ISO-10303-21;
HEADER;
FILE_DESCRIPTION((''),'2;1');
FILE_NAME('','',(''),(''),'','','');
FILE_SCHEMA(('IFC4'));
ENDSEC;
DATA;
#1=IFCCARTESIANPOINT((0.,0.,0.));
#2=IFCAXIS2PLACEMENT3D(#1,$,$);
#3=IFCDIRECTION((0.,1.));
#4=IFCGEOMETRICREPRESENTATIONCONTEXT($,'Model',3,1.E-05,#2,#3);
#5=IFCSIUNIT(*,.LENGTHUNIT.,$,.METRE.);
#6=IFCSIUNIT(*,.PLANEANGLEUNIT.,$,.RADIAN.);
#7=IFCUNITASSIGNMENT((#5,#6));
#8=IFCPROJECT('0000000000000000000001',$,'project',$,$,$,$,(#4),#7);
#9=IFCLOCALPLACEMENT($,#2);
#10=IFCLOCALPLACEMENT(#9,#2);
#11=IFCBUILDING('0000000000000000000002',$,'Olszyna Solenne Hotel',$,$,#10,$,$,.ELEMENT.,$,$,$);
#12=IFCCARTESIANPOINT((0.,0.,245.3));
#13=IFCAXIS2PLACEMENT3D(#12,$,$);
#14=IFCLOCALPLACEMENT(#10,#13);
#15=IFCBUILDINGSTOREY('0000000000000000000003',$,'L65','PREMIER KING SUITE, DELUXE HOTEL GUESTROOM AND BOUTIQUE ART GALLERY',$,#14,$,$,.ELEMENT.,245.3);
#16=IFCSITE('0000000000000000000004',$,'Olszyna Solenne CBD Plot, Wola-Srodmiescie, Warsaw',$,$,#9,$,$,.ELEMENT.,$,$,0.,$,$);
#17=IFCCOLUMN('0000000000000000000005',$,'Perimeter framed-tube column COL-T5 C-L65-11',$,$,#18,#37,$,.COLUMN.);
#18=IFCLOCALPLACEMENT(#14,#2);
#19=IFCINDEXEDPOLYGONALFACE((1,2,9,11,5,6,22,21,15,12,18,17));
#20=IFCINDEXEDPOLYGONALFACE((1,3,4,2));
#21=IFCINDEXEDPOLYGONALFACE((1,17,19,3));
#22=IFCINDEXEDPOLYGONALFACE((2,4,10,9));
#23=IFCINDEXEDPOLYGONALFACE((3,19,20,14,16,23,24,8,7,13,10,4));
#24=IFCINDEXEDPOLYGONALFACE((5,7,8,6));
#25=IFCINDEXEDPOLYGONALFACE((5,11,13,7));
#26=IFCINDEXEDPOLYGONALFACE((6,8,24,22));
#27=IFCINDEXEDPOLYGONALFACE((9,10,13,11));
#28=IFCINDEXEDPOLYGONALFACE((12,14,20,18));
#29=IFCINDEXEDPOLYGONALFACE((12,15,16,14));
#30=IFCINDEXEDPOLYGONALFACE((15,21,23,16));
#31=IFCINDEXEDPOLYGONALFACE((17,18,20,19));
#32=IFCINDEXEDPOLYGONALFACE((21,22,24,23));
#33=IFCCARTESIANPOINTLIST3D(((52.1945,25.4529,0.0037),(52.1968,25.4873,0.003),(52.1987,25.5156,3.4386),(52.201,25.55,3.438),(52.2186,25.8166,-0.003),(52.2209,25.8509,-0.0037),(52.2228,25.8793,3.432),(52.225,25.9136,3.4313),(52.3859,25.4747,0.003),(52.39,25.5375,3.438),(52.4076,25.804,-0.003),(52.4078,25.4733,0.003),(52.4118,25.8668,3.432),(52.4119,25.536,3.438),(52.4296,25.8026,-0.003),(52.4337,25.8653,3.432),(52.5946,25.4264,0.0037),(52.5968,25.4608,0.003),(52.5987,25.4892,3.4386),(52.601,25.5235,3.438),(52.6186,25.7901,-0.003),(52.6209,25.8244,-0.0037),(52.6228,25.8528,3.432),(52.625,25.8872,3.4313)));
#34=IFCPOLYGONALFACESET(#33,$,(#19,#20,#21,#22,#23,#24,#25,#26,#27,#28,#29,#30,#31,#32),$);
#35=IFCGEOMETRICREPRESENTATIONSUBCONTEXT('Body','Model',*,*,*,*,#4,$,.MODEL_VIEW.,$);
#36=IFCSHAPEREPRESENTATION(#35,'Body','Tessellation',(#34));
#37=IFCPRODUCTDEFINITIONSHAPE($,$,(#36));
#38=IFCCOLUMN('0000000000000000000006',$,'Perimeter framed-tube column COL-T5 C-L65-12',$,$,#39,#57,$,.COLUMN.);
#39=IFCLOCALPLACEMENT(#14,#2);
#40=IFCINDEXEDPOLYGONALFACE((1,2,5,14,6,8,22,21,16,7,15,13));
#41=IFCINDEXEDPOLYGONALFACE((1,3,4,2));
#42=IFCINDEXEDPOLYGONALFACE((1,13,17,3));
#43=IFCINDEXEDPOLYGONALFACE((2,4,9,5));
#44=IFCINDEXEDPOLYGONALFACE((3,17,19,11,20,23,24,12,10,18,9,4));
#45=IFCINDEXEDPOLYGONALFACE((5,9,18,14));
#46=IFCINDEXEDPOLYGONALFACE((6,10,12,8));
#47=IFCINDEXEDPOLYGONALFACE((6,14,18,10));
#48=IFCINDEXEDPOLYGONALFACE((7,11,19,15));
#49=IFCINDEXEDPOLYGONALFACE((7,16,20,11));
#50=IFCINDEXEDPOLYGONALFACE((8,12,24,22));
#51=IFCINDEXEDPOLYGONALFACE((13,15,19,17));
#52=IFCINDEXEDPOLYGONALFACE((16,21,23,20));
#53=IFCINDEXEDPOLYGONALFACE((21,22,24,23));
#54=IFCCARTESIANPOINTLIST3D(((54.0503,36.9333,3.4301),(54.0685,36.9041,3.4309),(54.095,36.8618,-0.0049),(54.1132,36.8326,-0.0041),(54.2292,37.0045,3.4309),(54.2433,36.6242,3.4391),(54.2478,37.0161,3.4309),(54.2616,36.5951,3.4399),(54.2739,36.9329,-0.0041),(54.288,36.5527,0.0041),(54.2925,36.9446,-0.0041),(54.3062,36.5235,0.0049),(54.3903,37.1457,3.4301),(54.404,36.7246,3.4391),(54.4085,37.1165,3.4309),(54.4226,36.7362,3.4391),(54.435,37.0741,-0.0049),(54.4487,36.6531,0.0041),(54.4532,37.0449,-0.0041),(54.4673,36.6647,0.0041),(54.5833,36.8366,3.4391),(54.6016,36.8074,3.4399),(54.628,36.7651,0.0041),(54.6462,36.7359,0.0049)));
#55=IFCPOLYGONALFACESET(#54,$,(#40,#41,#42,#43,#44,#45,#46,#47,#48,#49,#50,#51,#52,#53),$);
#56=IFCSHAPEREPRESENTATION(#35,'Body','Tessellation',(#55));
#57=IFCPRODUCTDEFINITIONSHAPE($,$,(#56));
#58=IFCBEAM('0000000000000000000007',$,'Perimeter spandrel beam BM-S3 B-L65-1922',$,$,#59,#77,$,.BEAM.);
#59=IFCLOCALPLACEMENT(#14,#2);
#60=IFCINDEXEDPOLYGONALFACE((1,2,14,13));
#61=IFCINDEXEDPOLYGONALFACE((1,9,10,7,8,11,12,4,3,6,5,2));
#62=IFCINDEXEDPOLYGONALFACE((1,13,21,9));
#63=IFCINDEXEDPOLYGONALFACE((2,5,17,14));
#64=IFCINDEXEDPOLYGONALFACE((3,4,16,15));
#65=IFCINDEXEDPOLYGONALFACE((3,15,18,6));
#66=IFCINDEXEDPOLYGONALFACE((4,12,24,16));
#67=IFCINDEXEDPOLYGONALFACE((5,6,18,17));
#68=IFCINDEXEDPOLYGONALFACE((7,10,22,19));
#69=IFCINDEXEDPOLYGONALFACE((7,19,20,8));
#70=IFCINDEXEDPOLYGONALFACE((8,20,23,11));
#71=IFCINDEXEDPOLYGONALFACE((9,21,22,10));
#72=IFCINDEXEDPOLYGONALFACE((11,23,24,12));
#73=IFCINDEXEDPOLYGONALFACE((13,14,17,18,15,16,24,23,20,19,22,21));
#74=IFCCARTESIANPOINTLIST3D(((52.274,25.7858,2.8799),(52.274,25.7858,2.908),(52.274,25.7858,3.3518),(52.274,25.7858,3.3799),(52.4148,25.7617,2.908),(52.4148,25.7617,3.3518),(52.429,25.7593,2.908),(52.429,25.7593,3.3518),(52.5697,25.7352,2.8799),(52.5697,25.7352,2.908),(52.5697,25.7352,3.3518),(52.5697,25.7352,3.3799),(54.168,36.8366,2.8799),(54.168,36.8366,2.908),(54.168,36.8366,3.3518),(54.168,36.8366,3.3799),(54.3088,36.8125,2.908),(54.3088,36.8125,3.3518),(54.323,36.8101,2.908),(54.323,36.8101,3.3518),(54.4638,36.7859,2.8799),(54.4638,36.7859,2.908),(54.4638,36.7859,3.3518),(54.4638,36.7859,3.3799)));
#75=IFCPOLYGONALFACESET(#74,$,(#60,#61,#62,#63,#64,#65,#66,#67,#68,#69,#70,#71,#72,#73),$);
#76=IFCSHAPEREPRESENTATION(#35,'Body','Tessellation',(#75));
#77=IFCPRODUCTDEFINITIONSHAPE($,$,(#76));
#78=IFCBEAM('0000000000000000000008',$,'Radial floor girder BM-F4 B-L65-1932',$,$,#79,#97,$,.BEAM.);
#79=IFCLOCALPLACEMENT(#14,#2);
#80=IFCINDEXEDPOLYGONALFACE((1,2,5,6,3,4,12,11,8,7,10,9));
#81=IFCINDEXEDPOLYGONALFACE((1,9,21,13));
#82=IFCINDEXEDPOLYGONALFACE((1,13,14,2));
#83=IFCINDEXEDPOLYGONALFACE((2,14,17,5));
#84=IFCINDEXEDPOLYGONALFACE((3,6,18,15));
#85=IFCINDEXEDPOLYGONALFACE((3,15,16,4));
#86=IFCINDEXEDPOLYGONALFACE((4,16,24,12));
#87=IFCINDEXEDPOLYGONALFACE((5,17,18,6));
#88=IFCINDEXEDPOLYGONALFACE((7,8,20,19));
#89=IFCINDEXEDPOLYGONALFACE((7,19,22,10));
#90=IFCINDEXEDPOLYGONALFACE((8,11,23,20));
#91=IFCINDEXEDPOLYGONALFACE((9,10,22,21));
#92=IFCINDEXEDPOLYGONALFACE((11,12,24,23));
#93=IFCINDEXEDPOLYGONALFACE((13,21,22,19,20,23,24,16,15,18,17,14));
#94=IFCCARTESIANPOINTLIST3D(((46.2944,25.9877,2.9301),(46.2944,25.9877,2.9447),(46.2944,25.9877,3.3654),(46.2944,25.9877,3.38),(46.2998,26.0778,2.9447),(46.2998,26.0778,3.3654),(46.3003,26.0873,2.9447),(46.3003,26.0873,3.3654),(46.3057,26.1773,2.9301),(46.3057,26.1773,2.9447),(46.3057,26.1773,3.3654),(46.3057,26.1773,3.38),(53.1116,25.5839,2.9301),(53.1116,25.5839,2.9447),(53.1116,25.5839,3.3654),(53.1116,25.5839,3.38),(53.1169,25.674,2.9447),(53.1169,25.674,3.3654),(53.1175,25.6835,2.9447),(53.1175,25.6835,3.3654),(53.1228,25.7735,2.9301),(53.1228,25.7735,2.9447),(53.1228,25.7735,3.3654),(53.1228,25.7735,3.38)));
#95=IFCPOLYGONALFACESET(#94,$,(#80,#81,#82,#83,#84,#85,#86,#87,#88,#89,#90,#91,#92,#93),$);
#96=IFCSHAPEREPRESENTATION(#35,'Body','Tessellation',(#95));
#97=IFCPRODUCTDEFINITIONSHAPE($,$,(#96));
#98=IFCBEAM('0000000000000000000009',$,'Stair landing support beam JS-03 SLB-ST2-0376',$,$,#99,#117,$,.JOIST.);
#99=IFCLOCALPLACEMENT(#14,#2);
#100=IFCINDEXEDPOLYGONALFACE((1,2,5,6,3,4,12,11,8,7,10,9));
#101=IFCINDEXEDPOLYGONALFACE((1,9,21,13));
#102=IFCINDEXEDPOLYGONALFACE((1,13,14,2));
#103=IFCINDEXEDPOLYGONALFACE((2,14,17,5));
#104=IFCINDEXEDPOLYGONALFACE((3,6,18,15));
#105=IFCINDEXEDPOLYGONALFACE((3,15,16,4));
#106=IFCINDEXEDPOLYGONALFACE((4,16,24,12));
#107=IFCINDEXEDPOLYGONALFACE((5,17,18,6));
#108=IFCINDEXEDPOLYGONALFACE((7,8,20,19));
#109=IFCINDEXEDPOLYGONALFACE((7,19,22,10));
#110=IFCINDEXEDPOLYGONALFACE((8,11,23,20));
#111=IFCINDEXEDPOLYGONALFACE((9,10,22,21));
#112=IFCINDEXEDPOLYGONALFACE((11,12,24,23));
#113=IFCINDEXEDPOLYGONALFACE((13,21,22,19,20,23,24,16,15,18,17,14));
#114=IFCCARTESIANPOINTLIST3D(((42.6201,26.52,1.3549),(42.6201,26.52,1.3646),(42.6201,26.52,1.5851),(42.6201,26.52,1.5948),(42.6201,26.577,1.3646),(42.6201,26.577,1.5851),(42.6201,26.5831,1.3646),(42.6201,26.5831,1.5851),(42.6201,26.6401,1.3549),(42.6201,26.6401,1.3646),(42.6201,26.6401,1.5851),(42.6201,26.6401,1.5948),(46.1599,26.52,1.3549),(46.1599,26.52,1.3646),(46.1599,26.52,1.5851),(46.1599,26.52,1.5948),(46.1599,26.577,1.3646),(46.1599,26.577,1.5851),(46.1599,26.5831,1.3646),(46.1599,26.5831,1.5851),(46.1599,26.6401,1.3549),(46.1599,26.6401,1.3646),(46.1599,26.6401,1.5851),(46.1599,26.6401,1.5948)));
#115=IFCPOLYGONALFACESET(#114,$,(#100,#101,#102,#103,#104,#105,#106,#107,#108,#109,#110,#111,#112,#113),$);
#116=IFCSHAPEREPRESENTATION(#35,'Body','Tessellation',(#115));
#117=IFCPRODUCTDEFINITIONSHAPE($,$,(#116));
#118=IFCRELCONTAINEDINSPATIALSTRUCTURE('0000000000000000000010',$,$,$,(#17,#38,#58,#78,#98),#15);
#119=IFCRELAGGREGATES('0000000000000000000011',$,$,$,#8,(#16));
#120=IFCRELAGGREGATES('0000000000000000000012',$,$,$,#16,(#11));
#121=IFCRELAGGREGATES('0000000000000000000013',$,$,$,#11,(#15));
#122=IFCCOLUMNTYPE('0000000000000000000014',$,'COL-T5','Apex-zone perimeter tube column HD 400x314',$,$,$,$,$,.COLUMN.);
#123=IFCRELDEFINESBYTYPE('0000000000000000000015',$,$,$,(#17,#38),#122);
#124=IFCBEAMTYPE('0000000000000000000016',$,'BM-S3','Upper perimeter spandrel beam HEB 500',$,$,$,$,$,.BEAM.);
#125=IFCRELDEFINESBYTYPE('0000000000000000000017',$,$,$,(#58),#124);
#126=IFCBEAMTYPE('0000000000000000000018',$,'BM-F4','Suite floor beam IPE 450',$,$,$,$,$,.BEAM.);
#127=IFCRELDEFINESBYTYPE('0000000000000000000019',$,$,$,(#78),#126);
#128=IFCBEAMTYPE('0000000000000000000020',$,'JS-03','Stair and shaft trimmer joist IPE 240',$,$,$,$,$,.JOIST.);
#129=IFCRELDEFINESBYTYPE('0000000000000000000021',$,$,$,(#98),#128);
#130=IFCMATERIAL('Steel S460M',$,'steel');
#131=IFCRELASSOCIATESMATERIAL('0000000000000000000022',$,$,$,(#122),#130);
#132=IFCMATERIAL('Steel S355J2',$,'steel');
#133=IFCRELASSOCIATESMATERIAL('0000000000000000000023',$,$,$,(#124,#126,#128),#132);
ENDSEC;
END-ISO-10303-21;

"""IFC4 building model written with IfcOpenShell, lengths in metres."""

from ifc_helpers import new_model, si_unit, direction, frame, origin, origin_2d, place, context, subcontext, project, spatial, i_section, extrude, source, transform, mapped, material, material_profile, profile_set, type_object, element, save


model = new_model("IFC4")

# Units and contexts
model_context = context("Model", 3, precision=1e-05, world=origin(), true_north=direction((0.0, 1.0)))
body_context = subcontext(model_context, "Body", "Model", "MODEL_VIEW")
ifc_project = project(units=[si_unit("LENGTHUNIT", "METRE"), si_unit("PLANEANGLEUNIT", "RADIAN")], contexts=[model_context])

# Site, building, storey
site_placement = place(None, origin())
site = spatial("IfcSite", under=ifc_project, at=site_placement, Name="Olszyna Solenne CBD Plot, Wola-Srodmiescie, Warsaw", CompositionType="ELEMENT", RefElevation=0.0)
building_placement = place(site_placement, origin())
building = spatial("IfcBuilding", under=site, at=building_placement, Name="Olszyna Solenne Hotel", CompositionType="ELEMENT")
storey_placement = place(building_placement, frame((0.0, 0.0, 245.3)))
storey = spatial("IfcBuildingStorey", under=building, at=storey_placement, Name="L65", Description="PREMIER KING SUITE, DELUXE HOTEL GUESTROOM AND BOUTIQUE ART GALLERY", CompositionType="ELEMENT", Elevation=245.3)

# Columns
ifc_material_1 = material(Name="Steel S460M", Category="steel")
ifc_material_profile_1 = material_profile(ifc_material_1, i_section(OverallWidth=0.4009, OverallDepth=0.3989, WebThickness=0.022, FlangeThickness=0.0344, at=origin_2d()), Name="HD 400x314", Category="load-bearing")
ifc_profile_set_1 = profile_set([ifc_material_profile_1], Name="Steel S460M")
column_type = type_object("IfcColumnType", Name="COL-T5", Description="Apex-zone perimeter tube column HD 400x314", PredefinedType="COLUMN", material=ifc_profile_set_1)
shared_shape_1 = source(origin(), body_context, "Body", "SweptSolid", [
    extrude(i_section(OverallWidth=0.4009, OverallDepth=0.3989, WebThickness=0.022, FlangeThickness=0.0344, at=origin_2d()), origin(), (0.0, 0.0, 1.0), 3.4355),
])
column_1_placement = place(storey_placement, frame((52.4077, 25.6387, 0.0), z_axis=(0.001208, 0.018263, 0.999832), x_axis=(-0.997819, 0.066004, 0.0)))
element("IfcColumn", 1, at=column_1_placement, inside=storey, type_object=column_type, Name="Perimeter framed-tube column COL-T5 C-L65-11", PredefinedType="COLUMN", context=body_context, shape_type="MappedRepresentation", body=[
    mapped(shared_shape_1, transform((0.0, 0.0, 0.0), x_axis=(1.0, 0.0, 0.0), y_axis=(0.0, 1.0, 0.0), z_axis=(0.0, 0.0, 1.0), scale=1.0)),
])
shared_shape_2 = source(origin(), body_context, "Body", "SweptSolid", [
    extrude(i_section(OverallWidth=0.4009, OverallDepth=0.3989, WebThickness=0.022, FlangeThickness=0.0344, at=origin_2d()), origin(), (0.0, 0.0, 1.0), 3.436),
])
column_2_placement = place(storey_placement, frame((54.3706, 36.7988, 0.0), z_axis=(-0.013002, 0.020818, 0.999699), x_axis=(-0.848161, -0.529739, 0.0)))
element("IfcColumn", 2, at=column_2_placement, inside=storey, type_object=column_type, Name="Perimeter framed-tube column COL-T5 C-L65-12", PredefinedType="COLUMN", context=body_context, shape_type="MappedRepresentation", body=[
    mapped(shared_shape_2, transform((0.0, 0.0, 0.0), x_axis=(1.0, 0.0, 0.0), y_axis=(0.0, 1.0, 0.0), z_axis=(0.0, 0.0, 1.0), scale=1.0)),
])

# Beams
ifc_material_2 = material(Name="Steel S355J2", Category="steel")
ifc_material_profile_2 = material_profile(ifc_material_2, i_section(OverallWidth=0.3, OverallDepth=0.5, WebThickness=0.0144, FlangeThickness=0.0281, at=origin_2d()), Name="HEB 500", Category="load-bearing")
ifc_profile_set_2 = profile_set([ifc_material_profile_2], Name="Steel S355J2")
beam_type_1 = type_object("IfcBeamType", Name="BM-S3", Description="Upper perimeter spandrel beam HEB 500", PredefinedType="BEAM", material=ifc_profile_set_2)
shared_shape_3 = source(origin(), body_context, "Body", "SweptSolid", [
    extrude(i_section(OverallWidth=0.3, OverallDepth=0.5, WebThickness=0.0144, FlangeThickness=0.0281, at=origin_2d()), origin(), (0.0, 0.0, 1.0), 11.2119),
])
beam_1_placement = place(storey_placement, frame((52.4219, 25.7605, 3.1299), z_axis=(0.168931, 0.985628, 0.0), x_axis=(-0.985628, 0.168931, 0.0)))
element("IfcBeam", 3, at=beam_1_placement, inside=storey, type_object=beam_type_1, Name="Perimeter spandrel beam BM-S3 B-L65-1922", PredefinedType="BEAM", context=body_context, shape_type="MappedRepresentation", body=[
    mapped(shared_shape_3, transform((0.0, 0.0, 0.0), x_axis=(1.0, 0.0, 0.0), y_axis=(0.0, 1.0, 0.0), z_axis=(0.0, 0.0, 1.0), scale=1.0)),
])
ifc_material_profile_3 = material_profile(ifc_material_2, i_section(OverallWidth=0.1899, OverallDepth=0.45, WebThickness=0.0095, FlangeThickness=0.0146, at=origin_2d()), Name="IPE 450", Category="load-bearing")
ifc_profile_set_3 = profile_set([ifc_material_profile_3], Name="Steel S355J2")
beam_type_2 = type_object("IfcBeamType", Name="BM-F4", Description="Suite floor beam IPE 450", PredefinedType="BEAM", material=ifc_profile_set_3)
shared_shape_4 = source(origin(), body_context, "Body", "SweptSolid", [
    extrude(i_section(OverallWidth=0.1899, OverallDepth=0.45, WebThickness=0.0095, FlangeThickness=0.0146, at=origin_2d()), origin(), (0.0, 0.0, 1.0), 6.8291),
])
beam_2_placement = place(storey_placement, frame((53.1172, 25.6787, 3.155), z_axis=(-0.99825, 0.059131, 0.0), x_axis=(-0.059131, -0.99825, 0.0)))
element("IfcBeam", 4, at=beam_2_placement, inside=storey, type_object=beam_type_2, Name="Radial floor girder BM-F4 B-L65-1932", PredefinedType="BEAM", context=body_context, shape_type="MappedRepresentation", body=[
    mapped(shared_shape_4, transform((0.0, 0.0, 0.0), x_axis=(1.0, 0.0, 0.0), y_axis=(0.0, 1.0, 0.0), z_axis=(0.0, 0.0, 1.0), scale=1.0)),
])
ifc_material_profile_4 = material_profile(ifc_material_2, i_section(OverallWidth=0.1201, OverallDepth=0.24, WebThickness=0.0061, FlangeThickness=0.0098, at=origin_2d()), Name="IPE 240", Category="load-bearing")
ifc_profile_set_4 = profile_set([ifc_material_profile_4], Name="Steel S355J2")
beam_type_3 = type_object("IfcBeamType", Name="JS-03", Description="Stair and shaft trimmer joist IPE 240", PredefinedType="JOIST", material=ifc_profile_set_4)
shared_shape_5 = source(origin(), body_context, "Body", "SweptSolid", [
    extrude(i_section(OverallWidth=0.1201, OverallDepth=0.24, WebThickness=0.0061, FlangeThickness=0.0098, at=origin_2d()), origin(), (0.0, 0.0, 1.0), 3.5398),
])
beam_3_placement = place(storey_placement, frame((46.1599, 26.5801, 1.4749), z_axis=(-1.0, 0.0, 0.0), x_axis=(0.0, -1.0, 0.0)))
element("IfcBeam", 5, at=beam_3_placement, inside=storey, type_object=beam_type_3, Name="Stair landing support beam JS-03 SLB-ST2-0376", PredefinedType="JOIST", context=body_context, shape_type="MappedRepresentation", body=[
    mapped(shared_shape_5, transform((0.0, 0.0, 0.0), x_axis=(1.0, 0.0, 0.0), y_axis=(0.0, 1.0, 0.0), z_axis=(0.0, 0.0, 1.0), scale=1.0)),
])

save(model, "model.ifc")
